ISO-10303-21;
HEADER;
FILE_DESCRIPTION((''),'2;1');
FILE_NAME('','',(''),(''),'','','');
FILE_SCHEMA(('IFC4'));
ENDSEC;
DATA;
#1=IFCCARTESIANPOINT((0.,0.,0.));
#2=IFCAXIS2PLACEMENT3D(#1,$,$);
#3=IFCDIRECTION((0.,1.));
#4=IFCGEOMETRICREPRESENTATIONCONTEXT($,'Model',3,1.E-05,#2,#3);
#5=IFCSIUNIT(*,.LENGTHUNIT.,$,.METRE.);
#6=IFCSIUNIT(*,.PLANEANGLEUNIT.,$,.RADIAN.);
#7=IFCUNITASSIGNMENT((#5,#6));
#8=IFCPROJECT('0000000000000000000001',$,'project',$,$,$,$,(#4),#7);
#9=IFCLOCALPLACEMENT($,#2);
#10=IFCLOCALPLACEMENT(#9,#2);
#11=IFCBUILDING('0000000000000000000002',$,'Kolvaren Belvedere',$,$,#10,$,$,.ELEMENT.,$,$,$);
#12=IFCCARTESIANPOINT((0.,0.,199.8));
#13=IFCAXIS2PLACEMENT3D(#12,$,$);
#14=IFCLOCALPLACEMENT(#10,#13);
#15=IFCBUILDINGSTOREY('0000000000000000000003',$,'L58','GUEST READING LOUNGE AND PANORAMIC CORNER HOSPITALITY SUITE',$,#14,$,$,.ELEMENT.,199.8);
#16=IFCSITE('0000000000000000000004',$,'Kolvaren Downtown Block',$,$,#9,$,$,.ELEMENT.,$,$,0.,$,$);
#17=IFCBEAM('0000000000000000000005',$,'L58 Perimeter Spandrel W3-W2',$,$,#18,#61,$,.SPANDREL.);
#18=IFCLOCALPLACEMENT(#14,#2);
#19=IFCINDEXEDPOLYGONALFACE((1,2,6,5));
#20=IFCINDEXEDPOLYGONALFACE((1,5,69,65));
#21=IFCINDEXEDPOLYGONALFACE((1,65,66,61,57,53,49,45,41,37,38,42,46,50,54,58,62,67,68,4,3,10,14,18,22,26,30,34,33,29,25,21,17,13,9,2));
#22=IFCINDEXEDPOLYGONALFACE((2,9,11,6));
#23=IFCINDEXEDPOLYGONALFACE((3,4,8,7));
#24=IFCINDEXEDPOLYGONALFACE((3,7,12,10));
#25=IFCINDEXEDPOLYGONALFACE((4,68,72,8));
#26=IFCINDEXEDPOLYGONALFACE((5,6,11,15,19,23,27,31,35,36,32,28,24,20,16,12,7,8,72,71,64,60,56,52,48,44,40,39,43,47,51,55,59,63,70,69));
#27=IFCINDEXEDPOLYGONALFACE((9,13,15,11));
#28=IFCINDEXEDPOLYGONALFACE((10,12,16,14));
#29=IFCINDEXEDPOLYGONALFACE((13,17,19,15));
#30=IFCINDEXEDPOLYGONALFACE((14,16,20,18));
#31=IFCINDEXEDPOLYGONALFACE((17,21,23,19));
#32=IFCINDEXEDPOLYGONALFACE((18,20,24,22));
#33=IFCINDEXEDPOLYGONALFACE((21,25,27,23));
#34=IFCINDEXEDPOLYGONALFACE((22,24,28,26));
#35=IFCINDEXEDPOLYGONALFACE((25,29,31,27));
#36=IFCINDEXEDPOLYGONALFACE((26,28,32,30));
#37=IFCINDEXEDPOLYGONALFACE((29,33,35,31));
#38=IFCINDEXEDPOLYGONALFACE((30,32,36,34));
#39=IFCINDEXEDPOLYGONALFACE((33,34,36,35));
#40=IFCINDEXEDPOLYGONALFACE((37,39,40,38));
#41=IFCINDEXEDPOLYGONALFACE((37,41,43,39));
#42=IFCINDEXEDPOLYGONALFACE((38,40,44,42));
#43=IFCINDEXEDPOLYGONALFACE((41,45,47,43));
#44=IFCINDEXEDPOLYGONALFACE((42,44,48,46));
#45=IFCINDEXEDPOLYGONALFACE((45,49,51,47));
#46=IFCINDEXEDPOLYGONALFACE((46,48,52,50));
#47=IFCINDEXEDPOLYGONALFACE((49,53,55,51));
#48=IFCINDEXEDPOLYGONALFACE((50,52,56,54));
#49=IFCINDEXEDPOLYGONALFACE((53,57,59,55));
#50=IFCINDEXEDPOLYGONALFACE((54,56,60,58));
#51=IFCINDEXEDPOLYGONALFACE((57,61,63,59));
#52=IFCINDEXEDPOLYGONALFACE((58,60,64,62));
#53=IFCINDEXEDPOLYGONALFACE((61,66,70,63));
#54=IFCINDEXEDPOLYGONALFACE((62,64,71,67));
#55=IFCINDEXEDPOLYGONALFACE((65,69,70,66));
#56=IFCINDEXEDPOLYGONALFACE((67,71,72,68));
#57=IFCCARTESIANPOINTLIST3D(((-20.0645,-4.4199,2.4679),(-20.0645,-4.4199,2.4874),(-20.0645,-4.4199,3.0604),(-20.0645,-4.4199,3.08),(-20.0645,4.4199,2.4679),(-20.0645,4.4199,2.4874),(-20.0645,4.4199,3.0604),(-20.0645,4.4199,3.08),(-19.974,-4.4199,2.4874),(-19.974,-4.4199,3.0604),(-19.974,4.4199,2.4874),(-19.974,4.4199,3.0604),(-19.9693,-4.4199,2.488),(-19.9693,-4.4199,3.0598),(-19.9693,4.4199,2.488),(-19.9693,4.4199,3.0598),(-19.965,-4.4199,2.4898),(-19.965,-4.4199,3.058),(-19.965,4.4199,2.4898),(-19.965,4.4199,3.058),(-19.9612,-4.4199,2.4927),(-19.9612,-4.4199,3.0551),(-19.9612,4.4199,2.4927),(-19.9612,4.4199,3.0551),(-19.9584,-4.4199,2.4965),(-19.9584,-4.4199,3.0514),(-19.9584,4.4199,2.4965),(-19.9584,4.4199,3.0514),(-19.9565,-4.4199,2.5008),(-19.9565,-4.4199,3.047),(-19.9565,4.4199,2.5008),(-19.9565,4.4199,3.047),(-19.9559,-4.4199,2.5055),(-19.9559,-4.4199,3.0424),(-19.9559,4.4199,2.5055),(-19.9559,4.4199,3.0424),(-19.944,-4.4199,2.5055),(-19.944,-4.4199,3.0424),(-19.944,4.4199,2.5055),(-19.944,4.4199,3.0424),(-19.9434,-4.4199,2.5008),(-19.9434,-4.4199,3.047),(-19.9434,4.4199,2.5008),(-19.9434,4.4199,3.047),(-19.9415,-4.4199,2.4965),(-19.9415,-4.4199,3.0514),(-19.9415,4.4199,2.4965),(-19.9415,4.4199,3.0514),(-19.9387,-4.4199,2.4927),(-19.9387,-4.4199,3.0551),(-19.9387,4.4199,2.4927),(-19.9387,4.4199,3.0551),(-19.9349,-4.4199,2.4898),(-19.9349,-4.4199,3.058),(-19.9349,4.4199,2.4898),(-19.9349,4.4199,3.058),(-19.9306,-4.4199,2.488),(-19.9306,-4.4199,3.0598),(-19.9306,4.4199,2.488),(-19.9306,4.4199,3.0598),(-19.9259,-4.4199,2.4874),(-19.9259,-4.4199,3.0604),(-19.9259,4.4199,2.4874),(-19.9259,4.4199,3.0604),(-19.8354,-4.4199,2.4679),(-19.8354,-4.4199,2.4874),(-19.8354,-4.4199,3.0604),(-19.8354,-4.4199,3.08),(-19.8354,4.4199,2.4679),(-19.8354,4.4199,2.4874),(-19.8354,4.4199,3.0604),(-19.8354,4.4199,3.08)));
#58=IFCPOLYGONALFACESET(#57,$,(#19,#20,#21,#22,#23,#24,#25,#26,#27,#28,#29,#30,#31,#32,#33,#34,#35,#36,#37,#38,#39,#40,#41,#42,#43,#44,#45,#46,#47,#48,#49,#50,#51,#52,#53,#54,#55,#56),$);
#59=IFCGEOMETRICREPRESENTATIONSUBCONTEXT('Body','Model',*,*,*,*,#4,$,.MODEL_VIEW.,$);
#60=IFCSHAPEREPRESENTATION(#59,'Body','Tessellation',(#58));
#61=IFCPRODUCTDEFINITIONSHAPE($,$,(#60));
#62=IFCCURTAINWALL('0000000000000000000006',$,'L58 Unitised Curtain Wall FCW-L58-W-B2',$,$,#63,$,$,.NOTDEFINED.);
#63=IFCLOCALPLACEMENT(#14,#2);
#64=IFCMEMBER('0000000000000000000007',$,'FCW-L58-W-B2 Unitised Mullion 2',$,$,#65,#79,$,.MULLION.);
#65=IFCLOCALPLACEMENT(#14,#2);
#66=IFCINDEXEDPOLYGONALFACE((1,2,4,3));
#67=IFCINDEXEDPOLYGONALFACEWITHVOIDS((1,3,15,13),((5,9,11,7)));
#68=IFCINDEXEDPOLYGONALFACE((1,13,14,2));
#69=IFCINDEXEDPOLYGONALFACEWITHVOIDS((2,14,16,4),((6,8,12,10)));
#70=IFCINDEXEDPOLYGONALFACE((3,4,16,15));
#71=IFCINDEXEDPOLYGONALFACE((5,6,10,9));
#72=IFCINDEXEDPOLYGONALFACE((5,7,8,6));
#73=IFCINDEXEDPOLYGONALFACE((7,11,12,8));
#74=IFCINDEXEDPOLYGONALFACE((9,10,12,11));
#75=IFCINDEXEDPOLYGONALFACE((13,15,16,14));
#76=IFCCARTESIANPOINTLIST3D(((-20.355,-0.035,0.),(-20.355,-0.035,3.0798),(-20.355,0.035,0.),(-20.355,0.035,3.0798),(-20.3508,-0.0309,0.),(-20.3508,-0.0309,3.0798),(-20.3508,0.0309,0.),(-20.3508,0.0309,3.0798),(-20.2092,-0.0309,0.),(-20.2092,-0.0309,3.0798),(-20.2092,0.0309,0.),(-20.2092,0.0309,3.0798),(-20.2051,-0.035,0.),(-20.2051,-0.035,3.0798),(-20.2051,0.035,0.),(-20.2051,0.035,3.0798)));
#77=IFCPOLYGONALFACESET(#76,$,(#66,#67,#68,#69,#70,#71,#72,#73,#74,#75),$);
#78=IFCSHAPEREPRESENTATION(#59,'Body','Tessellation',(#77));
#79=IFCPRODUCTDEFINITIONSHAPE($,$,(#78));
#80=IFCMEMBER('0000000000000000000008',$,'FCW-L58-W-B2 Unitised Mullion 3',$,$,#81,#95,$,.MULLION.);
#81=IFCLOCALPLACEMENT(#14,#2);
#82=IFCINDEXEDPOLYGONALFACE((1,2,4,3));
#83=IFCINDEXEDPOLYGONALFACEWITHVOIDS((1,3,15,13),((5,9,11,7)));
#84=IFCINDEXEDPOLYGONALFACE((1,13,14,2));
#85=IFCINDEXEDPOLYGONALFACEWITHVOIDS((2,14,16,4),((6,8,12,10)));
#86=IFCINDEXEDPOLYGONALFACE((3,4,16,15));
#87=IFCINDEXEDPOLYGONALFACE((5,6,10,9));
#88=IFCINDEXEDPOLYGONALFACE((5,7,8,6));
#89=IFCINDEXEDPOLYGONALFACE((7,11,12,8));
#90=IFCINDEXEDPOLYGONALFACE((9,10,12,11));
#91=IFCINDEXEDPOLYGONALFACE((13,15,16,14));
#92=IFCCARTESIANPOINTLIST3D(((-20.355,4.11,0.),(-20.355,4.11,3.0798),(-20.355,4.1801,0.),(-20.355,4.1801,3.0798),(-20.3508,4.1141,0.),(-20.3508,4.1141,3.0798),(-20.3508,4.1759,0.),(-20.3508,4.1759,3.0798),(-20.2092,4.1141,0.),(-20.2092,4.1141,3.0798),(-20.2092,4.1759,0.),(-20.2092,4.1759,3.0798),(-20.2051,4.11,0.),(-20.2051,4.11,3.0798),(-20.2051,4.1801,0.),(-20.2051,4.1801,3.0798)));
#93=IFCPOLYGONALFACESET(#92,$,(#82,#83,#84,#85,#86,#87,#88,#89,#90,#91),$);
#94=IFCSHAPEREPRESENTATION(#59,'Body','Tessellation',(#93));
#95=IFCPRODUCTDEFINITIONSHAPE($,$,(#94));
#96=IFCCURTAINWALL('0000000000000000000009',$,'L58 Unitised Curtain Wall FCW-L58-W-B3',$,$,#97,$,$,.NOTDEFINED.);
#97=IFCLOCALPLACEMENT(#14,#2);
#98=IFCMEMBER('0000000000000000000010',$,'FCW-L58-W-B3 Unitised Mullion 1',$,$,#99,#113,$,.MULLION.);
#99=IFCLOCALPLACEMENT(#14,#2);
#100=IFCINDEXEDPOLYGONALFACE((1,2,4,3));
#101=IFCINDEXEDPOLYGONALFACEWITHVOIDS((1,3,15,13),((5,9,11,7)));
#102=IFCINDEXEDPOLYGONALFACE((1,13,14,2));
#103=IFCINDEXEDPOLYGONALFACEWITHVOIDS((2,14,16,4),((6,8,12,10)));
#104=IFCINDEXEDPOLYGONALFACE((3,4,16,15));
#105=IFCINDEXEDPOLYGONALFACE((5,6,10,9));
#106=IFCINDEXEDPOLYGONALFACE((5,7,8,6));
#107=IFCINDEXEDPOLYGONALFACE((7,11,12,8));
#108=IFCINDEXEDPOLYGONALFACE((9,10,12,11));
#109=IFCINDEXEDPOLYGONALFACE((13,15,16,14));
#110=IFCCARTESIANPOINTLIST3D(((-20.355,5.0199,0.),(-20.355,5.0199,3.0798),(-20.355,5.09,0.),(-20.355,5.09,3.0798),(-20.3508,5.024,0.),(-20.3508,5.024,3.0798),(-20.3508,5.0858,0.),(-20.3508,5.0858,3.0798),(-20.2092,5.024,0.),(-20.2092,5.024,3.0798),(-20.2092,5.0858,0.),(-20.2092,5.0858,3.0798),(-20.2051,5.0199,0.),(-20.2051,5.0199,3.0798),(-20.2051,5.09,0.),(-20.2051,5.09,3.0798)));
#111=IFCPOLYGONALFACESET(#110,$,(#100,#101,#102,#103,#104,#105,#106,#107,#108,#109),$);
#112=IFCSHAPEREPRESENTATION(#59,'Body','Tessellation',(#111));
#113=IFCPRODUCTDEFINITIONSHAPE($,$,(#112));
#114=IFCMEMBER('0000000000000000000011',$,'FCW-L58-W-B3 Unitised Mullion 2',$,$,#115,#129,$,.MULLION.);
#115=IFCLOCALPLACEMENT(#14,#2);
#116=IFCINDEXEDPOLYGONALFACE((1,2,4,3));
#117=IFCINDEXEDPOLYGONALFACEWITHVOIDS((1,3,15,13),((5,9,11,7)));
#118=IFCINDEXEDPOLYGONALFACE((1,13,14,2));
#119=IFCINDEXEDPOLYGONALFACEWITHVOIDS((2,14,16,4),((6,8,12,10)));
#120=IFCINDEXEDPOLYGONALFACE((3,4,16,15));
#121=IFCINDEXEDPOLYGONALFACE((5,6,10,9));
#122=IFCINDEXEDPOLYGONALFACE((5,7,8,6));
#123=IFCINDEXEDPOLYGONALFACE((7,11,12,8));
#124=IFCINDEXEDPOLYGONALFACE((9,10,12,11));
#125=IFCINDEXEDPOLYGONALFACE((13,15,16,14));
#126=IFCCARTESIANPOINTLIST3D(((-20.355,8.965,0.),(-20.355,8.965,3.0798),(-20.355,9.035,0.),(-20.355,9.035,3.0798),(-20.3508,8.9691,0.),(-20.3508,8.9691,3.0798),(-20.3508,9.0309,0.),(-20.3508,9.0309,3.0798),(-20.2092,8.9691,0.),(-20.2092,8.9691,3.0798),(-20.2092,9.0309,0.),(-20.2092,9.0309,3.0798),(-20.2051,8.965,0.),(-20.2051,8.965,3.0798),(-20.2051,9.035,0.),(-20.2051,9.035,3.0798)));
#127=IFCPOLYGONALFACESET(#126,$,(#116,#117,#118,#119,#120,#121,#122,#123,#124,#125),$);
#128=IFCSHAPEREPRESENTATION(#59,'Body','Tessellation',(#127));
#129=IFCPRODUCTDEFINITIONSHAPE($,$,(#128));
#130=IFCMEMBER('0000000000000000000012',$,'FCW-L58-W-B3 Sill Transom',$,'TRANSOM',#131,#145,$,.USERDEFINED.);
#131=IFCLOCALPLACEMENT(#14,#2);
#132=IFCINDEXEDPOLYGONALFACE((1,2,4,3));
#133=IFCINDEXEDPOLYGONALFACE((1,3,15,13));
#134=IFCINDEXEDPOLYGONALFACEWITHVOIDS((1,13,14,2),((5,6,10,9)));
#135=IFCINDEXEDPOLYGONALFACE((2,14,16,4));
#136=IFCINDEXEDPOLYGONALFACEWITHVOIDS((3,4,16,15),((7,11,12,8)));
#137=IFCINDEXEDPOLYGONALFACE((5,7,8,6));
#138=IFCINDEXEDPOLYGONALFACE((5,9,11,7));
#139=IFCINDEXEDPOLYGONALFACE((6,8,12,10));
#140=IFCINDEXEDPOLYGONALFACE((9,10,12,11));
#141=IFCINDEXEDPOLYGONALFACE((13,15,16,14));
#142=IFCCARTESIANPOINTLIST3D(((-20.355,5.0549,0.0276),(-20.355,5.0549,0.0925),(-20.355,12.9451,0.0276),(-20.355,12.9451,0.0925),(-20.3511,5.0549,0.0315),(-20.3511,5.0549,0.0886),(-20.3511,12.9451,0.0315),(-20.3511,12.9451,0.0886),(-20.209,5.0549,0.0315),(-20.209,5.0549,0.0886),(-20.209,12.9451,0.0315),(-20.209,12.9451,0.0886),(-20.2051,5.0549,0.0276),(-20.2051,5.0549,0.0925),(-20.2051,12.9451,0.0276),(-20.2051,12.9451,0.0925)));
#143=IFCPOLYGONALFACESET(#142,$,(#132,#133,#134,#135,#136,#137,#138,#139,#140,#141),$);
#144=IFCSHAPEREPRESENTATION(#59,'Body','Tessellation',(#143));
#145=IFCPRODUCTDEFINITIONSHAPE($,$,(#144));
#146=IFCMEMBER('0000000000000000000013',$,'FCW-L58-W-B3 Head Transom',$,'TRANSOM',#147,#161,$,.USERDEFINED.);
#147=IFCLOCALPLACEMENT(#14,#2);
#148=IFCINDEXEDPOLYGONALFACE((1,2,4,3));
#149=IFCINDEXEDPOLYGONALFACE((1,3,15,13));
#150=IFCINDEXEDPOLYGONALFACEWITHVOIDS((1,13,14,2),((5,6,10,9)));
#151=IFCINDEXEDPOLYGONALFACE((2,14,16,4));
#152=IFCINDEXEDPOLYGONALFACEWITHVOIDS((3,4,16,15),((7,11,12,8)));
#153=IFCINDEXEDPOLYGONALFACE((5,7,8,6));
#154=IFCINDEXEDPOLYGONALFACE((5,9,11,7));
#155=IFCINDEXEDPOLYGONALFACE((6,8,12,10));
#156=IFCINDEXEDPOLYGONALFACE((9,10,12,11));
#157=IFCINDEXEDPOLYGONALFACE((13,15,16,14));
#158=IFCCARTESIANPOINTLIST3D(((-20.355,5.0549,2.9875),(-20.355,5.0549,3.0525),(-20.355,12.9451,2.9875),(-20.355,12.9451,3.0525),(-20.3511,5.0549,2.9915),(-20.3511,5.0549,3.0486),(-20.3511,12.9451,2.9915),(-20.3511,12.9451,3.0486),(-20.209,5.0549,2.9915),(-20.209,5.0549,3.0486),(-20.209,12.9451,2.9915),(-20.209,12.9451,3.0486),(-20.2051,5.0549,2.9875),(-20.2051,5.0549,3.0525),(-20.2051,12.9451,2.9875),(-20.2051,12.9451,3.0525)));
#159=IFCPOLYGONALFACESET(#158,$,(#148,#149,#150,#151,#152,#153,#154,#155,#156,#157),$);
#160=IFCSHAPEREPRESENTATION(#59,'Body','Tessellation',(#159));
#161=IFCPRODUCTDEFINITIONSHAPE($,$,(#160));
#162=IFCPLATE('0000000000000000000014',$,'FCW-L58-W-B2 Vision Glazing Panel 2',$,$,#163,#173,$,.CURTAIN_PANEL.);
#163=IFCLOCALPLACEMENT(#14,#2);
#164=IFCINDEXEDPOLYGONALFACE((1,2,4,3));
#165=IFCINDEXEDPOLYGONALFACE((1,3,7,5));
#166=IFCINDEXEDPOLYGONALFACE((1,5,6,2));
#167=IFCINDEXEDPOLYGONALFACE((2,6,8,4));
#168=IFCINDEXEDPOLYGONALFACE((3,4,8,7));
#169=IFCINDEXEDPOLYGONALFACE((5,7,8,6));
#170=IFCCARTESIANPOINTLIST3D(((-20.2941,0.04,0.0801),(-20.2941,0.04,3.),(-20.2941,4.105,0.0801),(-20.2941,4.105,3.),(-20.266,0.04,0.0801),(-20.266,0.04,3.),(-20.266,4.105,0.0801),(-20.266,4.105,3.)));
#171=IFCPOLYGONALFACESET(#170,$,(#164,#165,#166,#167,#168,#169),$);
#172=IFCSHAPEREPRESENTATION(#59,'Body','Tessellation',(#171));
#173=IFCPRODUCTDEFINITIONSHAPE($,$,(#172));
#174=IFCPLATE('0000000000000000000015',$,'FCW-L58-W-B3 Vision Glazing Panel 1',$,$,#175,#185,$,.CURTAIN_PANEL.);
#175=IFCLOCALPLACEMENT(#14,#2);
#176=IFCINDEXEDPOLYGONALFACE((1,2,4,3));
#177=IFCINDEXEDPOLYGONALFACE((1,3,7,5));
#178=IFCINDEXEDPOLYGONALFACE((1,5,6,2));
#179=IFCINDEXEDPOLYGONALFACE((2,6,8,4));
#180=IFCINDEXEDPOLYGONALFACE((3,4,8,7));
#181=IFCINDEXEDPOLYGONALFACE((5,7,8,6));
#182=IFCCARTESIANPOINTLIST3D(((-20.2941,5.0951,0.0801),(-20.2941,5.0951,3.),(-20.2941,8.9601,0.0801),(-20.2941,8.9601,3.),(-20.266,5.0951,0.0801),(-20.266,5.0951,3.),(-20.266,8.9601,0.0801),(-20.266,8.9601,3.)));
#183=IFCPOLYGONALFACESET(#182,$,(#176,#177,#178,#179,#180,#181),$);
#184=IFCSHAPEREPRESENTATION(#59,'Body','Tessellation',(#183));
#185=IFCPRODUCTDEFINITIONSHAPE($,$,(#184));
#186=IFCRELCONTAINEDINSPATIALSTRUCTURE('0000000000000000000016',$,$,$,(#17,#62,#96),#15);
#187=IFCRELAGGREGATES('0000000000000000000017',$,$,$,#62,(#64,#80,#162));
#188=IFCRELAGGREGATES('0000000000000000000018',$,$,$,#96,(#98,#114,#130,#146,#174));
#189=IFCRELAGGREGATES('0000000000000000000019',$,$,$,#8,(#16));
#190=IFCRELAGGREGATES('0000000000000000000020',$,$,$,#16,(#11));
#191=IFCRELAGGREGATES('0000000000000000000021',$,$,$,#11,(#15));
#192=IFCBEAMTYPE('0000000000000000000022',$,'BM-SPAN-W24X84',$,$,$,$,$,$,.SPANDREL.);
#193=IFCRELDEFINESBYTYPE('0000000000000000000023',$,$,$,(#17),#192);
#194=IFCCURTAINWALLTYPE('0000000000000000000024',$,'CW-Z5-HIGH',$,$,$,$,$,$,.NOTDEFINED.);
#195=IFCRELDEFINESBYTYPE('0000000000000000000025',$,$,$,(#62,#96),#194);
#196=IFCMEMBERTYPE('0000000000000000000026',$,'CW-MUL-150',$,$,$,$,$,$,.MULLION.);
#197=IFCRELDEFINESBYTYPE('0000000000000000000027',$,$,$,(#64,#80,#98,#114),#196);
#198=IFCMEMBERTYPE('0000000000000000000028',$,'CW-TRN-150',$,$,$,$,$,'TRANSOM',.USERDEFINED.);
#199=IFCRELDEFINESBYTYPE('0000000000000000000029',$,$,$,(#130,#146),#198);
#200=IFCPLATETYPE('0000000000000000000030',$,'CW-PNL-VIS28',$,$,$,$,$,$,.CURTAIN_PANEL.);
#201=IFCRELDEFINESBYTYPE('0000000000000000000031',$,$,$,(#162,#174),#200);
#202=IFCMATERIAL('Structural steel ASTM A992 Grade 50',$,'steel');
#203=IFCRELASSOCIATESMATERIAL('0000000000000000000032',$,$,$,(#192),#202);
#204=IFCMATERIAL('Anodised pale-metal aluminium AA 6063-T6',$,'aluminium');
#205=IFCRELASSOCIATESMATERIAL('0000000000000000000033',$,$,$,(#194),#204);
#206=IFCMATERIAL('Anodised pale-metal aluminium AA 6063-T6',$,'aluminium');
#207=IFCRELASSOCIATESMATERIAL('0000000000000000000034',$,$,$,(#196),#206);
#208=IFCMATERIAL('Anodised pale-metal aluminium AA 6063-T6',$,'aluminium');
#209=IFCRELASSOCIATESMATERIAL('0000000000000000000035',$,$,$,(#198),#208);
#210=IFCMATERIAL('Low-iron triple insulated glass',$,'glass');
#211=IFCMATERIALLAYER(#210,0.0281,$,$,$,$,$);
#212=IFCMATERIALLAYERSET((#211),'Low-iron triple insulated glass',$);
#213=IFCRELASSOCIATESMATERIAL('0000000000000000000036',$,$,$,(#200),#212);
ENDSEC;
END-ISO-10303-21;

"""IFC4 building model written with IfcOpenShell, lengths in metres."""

from ifc_helpers import new_model, si_unit, direction, frame, origin, origin_2d, place, context, subcontext, project, spatial, rectangle, hollow_rectangle, i_section, extrude, material, layer, layer_set, material_profile, profile_set, type_object, element, aggregate, save


model = new_model("IFC4")

# Units and contexts
model_context = context("Model", 3, precision=1e-05, world=origin(), true_north=direction((0.0, 1.0)))
body_context = subcontext(model_context, "Body", "Model", "MODEL_VIEW")
ifc_project = project(units=[si_unit("LENGTHUNIT", "METRE"), si_unit("PLANEANGLEUNIT", "RADIAN")], contexts=[model_context])

# Site, building, storey
site_placement = place(None, origin())
site = spatial("IfcSite", under=ifc_project, at=site_placement, Name="Kolvaren Downtown Block", CompositionType="ELEMENT", RefElevation=0.0)
building_placement = place(site_placement, origin())
building = spatial("IfcBuilding", under=site, at=building_placement, Name="Kolvaren Belvedere", CompositionType="ELEMENT")
storey_placement = place(building_placement, frame((0.0, 0.0, 199.8)))
storey = spatial("IfcBuildingStorey", under=building, at=storey_placement, Name="L58", Description="GUEST READING LOUNGE AND PANORAMIC CORNER HOSPITALITY SUITE", CompositionType="ELEMENT", Elevation=199.8)

# Beam
ifc_material_1 = material(Name="Structural steel ASTM A992 Grade 50", Category="steel")
ifc_material_profile_1 = material_profile(ifc_material_1, i_section(OverallWidth=0.229, OverallDepth=0.6121, WebThickness=0.012, FlangeThickness=0.0195, FilletRadius=0.0181, at=origin_2d()), Name="W24X84")
ifc_profile_set_1 = profile_set([ifc_material_profile_1], Name="Structural steel ASTM A992 Grade 50")
beam_type_1 = type_object("IfcBeamType", Name="BM-SPAN-W24X84", PredefinedType="SPANDREL", material=ifc_profile_set_1)
beam_1_placement = place(storey_placement, frame((-19.95, 4.4199, 2.7739), z_axis=(0.0, -1.0, 0.0), x_axis=(1.0, 0.0, 0.0)))
element("IfcBeam", 1, at=beam_1_placement, inside=storey, type_object=beam_type_1, Name="L58 Perimeter Spandrel W3-W2", PredefinedType="SPANDREL", context=body_context, shape_type="SweptSolid", body=[
    extrude(i_section(OverallWidth=0.229, OverallDepth=0.6121, WebThickness=0.012, FlangeThickness=0.0195, FilletRadius=0.0181, at=origin_2d()), origin(), (0.0, 0.0, 1.0), 8.8398),
])

# Curtain walls, members
ifc_material_2 = material(Name="Anodised pale-metal aluminium AA 6063-T6", Category="aluminium")
curtain_wall_type = type_object("IfcCurtainWallType", Name="CW-Z5-HIGH", PredefinedType="NOTDEFINED", material=ifc_material_2)
curtain_wall_1_placement = place(storey_placement, origin())
curtain_wall_1 = element("IfcCurtainWall", 2, at=curtain_wall_1_placement, inside=storey, type_object=curtain_wall_type, Name="L58 Unitised Curtain Wall FCW-L58-W-B2", PredefinedType="NOTDEFINED")
ifc_material_3 = material(Name="Anodised pale-metal aluminium AA 6063-T6", Category="aluminium")
ifc_material_profile_2 = material_profile(ifc_material_3, hollow_rectangle(XDim=0.0701, YDim=0.1499, WallThickness=0.0042, at=origin_2d()), Name="ALU-MUL-150X70")
ifc_profile_set_2 = profile_set([ifc_material_profile_2], Name="Anodised pale-metal aluminium AA 6063-T6")
member_type_1 = type_object("IfcMemberType", Name="CW-MUL-150", PredefinedType="MULLION", material=ifc_profile_set_2)
member_1_placement = place(storey_placement, frame((-20.28, 0.0, 0.0), z_axis=(0.0, 0.0, 1.0), x_axis=(0.0, 1.0, 0.0)))
member_1 = element("IfcMember", 3, at=member_1_placement, type_object=member_type_1, Name="FCW-L58-W-B2 Unitised Mullion 2", PredefinedType="MULLION", context=body_context, shape_type="SweptSolid", body=[
    extrude(hollow_rectangle(XDim=0.0701, YDim=0.1499, WallThickness=0.0042, at=origin_2d()), origin(), (0.0, 0.0, 1.0), 3.0798),
])
member_2_placement = place(storey_placement, frame((-20.28, 4.145, 0.0), z_axis=(0.0, 0.0, 1.0), x_axis=(0.0, 1.0, 0.0)))
member_2 = element("IfcMember", 4, at=member_2_placement, type_object=member_type_1, Name="FCW-L58-W-B2 Unitised Mullion 3", PredefinedType="MULLION", context=body_context, shape_type="SweptSolid", body=[
    extrude(hollow_rectangle(XDim=0.0701, YDim=0.1499, WallThickness=0.0042, at=origin_2d()), origin(), (0.0, 0.0, 1.0), 3.0798),
])
curtain_wall_2_placement = place(storey_placement, origin())
curtain_wall_2 = element("IfcCurtainWall", 5, at=curtain_wall_2_placement, inside=storey, type_object=curtain_wall_type, Name="L58 Unitised Curtain Wall FCW-L58-W-B3", PredefinedType="NOTDEFINED")
member_3_placement = place(storey_placement, frame((-20.28, 5.0549, 0.0), z_axis=(0.0, 0.0, 1.0), x_axis=(0.0, 1.0, 0.0)))
member_3 = element("IfcMember", 6, at=member_3_placement, type_object=member_type_1, Name="FCW-L58-W-B3 Unitised Mullion 1", PredefinedType="MULLION", context=body_context, shape_type="SweptSolid", body=[
    extrude(hollow_rectangle(XDim=0.0701, YDim=0.1499, WallThickness=0.0042, at=origin_2d()), origin(), (0.0, 0.0, 1.0), 3.0798),
])
member_4_placement = place(storey_placement, frame((-20.28, 9.0, 0.0), z_axis=(0.0, 0.0, 1.0), x_axis=(0.0, 1.0, 0.0)))
member_4 = element("IfcMember", 7, at=member_4_placement, type_object=member_type_1, Name="FCW-L58-W-B3 Unitised Mullion 2", PredefinedType="MULLION", context=body_context, shape_type="SweptSolid", body=[
    extrude(hollow_rectangle(XDim=0.0701, YDim=0.1499, WallThickness=0.0042, at=origin_2d()), origin(), (0.0, 0.0, 1.0), 3.0798),
])
ifc_material_4 = material(Name="Anodised pale-metal aluminium AA 6063-T6", Category="aluminium")
ifc_material_profile_3 = material_profile(ifc_material_4, hollow_rectangle(XDim=0.0649, YDim=0.1499, WallThickness=0.0039, at=origin_2d()), Name="ALU-TRN-150X65")
ifc_profile_set_3 = profile_set([ifc_material_profile_3], Name="Anodised pale-metal aluminium AA 6063-T6")
member_type_2 = type_object("IfcMemberType", Name="CW-TRN-150", ElementType="TRANSOM", PredefinedType="USERDEFINED", material=ifc_profile_set_3)
member_5_placement = place(storey_placement, frame((-20.28, 5.0549, 0.0601), z_axis=(0.0, 1.0, 0.0), x_axis=(0.0, 0.0, 1.0)))
member_5 = element("IfcMember", 8, at=member_5_placement, type_object=member_type_2, Name="FCW-L58-W-B3 Sill Transom", ObjectType="TRANSOM", PredefinedType="USERDEFINED", context=body_context, shape_type="SweptSolid", body=[
    extrude(hollow_rectangle(XDim=0.0649, YDim=0.1499, WallThickness=0.0039, at=origin_2d()), origin(), (0.0, 0.0, 1.0), 7.8901),
])
member_6_placement = place(storey_placement, frame((-20.28, 5.0549, 3.02), z_axis=(0.0, 1.0, 0.0), x_axis=(0.0, 0.0, 1.0)))
member_6 = element("IfcMember", 9, at=member_6_placement, type_object=member_type_2, Name="FCW-L58-W-B3 Head Transom", ObjectType="TRANSOM", PredefinedType="USERDEFINED", context=body_context, shape_type="SweptSolid", body=[
    extrude(hollow_rectangle(XDim=0.0649, YDim=0.1499, WallThickness=0.0039, at=origin_2d()), origin(), (0.0, 0.0, 1.0), 7.8901),
])

# Plates
ifc_material_5 = material(Name="Low-iron triple insulated glass", Category="glass")
ifc_layer_1 = layer(ifc_material_5, 0.0281)
ifc_layer_set_1 = layer_set([ifc_layer_1], Name="Low-iron triple insulated glass")
plate_type_1 = type_object("IfcPlateType", Name="CW-PNL-VIS28", PredefinedType="CURTAIN_PANEL", material=ifc_layer_set_1)
plate_1_placement = place(storey_placement, frame((-20.28, 2.0725, 0.0801), z_axis=(0.0, 0.0, 1.0), x_axis=(0.0, 1.0, 0.0)))
plate_1 = element("IfcPlate", 10, at=plate_1_placement, type_object=plate_type_1, Name="FCW-L58-W-B2 Vision Glazing Panel 2", PredefinedType="CURTAIN_PANEL", context=body_context, shape_type="SweptSolid", body=[
    extrude(rectangle(XDim=4.0649, YDim=0.0281, at=origin_2d()), origin(), (0.0, 0.0, 1.0), 2.9199),
])
aggregate(curtain_wall_1, [member_1, member_2, plate_1])
plate_2_placement = place(storey_placement, frame((-20.28, 7.0276, 0.0801), z_axis=(0.0, 0.0, 1.0), x_axis=(0.0, 1.0, 0.0)))
plate_2 = element("IfcPlate", 11, at=plate_2_placement, type_object=plate_type_1, Name="FCW-L58-W-B3 Vision Glazing Panel 1", PredefinedType="CURTAIN_PANEL", context=body_context, shape_type="SweptSolid", body=[
    extrude(rectangle(XDim=3.865, YDim=0.0281, at=origin_2d()), origin(), (0.0, 0.0, 1.0), 2.9199),
])
aggregate(curtain_wall_2, [member_3, member_4, member_5, member_6, plate_2])

save(model, "model.ifc")
